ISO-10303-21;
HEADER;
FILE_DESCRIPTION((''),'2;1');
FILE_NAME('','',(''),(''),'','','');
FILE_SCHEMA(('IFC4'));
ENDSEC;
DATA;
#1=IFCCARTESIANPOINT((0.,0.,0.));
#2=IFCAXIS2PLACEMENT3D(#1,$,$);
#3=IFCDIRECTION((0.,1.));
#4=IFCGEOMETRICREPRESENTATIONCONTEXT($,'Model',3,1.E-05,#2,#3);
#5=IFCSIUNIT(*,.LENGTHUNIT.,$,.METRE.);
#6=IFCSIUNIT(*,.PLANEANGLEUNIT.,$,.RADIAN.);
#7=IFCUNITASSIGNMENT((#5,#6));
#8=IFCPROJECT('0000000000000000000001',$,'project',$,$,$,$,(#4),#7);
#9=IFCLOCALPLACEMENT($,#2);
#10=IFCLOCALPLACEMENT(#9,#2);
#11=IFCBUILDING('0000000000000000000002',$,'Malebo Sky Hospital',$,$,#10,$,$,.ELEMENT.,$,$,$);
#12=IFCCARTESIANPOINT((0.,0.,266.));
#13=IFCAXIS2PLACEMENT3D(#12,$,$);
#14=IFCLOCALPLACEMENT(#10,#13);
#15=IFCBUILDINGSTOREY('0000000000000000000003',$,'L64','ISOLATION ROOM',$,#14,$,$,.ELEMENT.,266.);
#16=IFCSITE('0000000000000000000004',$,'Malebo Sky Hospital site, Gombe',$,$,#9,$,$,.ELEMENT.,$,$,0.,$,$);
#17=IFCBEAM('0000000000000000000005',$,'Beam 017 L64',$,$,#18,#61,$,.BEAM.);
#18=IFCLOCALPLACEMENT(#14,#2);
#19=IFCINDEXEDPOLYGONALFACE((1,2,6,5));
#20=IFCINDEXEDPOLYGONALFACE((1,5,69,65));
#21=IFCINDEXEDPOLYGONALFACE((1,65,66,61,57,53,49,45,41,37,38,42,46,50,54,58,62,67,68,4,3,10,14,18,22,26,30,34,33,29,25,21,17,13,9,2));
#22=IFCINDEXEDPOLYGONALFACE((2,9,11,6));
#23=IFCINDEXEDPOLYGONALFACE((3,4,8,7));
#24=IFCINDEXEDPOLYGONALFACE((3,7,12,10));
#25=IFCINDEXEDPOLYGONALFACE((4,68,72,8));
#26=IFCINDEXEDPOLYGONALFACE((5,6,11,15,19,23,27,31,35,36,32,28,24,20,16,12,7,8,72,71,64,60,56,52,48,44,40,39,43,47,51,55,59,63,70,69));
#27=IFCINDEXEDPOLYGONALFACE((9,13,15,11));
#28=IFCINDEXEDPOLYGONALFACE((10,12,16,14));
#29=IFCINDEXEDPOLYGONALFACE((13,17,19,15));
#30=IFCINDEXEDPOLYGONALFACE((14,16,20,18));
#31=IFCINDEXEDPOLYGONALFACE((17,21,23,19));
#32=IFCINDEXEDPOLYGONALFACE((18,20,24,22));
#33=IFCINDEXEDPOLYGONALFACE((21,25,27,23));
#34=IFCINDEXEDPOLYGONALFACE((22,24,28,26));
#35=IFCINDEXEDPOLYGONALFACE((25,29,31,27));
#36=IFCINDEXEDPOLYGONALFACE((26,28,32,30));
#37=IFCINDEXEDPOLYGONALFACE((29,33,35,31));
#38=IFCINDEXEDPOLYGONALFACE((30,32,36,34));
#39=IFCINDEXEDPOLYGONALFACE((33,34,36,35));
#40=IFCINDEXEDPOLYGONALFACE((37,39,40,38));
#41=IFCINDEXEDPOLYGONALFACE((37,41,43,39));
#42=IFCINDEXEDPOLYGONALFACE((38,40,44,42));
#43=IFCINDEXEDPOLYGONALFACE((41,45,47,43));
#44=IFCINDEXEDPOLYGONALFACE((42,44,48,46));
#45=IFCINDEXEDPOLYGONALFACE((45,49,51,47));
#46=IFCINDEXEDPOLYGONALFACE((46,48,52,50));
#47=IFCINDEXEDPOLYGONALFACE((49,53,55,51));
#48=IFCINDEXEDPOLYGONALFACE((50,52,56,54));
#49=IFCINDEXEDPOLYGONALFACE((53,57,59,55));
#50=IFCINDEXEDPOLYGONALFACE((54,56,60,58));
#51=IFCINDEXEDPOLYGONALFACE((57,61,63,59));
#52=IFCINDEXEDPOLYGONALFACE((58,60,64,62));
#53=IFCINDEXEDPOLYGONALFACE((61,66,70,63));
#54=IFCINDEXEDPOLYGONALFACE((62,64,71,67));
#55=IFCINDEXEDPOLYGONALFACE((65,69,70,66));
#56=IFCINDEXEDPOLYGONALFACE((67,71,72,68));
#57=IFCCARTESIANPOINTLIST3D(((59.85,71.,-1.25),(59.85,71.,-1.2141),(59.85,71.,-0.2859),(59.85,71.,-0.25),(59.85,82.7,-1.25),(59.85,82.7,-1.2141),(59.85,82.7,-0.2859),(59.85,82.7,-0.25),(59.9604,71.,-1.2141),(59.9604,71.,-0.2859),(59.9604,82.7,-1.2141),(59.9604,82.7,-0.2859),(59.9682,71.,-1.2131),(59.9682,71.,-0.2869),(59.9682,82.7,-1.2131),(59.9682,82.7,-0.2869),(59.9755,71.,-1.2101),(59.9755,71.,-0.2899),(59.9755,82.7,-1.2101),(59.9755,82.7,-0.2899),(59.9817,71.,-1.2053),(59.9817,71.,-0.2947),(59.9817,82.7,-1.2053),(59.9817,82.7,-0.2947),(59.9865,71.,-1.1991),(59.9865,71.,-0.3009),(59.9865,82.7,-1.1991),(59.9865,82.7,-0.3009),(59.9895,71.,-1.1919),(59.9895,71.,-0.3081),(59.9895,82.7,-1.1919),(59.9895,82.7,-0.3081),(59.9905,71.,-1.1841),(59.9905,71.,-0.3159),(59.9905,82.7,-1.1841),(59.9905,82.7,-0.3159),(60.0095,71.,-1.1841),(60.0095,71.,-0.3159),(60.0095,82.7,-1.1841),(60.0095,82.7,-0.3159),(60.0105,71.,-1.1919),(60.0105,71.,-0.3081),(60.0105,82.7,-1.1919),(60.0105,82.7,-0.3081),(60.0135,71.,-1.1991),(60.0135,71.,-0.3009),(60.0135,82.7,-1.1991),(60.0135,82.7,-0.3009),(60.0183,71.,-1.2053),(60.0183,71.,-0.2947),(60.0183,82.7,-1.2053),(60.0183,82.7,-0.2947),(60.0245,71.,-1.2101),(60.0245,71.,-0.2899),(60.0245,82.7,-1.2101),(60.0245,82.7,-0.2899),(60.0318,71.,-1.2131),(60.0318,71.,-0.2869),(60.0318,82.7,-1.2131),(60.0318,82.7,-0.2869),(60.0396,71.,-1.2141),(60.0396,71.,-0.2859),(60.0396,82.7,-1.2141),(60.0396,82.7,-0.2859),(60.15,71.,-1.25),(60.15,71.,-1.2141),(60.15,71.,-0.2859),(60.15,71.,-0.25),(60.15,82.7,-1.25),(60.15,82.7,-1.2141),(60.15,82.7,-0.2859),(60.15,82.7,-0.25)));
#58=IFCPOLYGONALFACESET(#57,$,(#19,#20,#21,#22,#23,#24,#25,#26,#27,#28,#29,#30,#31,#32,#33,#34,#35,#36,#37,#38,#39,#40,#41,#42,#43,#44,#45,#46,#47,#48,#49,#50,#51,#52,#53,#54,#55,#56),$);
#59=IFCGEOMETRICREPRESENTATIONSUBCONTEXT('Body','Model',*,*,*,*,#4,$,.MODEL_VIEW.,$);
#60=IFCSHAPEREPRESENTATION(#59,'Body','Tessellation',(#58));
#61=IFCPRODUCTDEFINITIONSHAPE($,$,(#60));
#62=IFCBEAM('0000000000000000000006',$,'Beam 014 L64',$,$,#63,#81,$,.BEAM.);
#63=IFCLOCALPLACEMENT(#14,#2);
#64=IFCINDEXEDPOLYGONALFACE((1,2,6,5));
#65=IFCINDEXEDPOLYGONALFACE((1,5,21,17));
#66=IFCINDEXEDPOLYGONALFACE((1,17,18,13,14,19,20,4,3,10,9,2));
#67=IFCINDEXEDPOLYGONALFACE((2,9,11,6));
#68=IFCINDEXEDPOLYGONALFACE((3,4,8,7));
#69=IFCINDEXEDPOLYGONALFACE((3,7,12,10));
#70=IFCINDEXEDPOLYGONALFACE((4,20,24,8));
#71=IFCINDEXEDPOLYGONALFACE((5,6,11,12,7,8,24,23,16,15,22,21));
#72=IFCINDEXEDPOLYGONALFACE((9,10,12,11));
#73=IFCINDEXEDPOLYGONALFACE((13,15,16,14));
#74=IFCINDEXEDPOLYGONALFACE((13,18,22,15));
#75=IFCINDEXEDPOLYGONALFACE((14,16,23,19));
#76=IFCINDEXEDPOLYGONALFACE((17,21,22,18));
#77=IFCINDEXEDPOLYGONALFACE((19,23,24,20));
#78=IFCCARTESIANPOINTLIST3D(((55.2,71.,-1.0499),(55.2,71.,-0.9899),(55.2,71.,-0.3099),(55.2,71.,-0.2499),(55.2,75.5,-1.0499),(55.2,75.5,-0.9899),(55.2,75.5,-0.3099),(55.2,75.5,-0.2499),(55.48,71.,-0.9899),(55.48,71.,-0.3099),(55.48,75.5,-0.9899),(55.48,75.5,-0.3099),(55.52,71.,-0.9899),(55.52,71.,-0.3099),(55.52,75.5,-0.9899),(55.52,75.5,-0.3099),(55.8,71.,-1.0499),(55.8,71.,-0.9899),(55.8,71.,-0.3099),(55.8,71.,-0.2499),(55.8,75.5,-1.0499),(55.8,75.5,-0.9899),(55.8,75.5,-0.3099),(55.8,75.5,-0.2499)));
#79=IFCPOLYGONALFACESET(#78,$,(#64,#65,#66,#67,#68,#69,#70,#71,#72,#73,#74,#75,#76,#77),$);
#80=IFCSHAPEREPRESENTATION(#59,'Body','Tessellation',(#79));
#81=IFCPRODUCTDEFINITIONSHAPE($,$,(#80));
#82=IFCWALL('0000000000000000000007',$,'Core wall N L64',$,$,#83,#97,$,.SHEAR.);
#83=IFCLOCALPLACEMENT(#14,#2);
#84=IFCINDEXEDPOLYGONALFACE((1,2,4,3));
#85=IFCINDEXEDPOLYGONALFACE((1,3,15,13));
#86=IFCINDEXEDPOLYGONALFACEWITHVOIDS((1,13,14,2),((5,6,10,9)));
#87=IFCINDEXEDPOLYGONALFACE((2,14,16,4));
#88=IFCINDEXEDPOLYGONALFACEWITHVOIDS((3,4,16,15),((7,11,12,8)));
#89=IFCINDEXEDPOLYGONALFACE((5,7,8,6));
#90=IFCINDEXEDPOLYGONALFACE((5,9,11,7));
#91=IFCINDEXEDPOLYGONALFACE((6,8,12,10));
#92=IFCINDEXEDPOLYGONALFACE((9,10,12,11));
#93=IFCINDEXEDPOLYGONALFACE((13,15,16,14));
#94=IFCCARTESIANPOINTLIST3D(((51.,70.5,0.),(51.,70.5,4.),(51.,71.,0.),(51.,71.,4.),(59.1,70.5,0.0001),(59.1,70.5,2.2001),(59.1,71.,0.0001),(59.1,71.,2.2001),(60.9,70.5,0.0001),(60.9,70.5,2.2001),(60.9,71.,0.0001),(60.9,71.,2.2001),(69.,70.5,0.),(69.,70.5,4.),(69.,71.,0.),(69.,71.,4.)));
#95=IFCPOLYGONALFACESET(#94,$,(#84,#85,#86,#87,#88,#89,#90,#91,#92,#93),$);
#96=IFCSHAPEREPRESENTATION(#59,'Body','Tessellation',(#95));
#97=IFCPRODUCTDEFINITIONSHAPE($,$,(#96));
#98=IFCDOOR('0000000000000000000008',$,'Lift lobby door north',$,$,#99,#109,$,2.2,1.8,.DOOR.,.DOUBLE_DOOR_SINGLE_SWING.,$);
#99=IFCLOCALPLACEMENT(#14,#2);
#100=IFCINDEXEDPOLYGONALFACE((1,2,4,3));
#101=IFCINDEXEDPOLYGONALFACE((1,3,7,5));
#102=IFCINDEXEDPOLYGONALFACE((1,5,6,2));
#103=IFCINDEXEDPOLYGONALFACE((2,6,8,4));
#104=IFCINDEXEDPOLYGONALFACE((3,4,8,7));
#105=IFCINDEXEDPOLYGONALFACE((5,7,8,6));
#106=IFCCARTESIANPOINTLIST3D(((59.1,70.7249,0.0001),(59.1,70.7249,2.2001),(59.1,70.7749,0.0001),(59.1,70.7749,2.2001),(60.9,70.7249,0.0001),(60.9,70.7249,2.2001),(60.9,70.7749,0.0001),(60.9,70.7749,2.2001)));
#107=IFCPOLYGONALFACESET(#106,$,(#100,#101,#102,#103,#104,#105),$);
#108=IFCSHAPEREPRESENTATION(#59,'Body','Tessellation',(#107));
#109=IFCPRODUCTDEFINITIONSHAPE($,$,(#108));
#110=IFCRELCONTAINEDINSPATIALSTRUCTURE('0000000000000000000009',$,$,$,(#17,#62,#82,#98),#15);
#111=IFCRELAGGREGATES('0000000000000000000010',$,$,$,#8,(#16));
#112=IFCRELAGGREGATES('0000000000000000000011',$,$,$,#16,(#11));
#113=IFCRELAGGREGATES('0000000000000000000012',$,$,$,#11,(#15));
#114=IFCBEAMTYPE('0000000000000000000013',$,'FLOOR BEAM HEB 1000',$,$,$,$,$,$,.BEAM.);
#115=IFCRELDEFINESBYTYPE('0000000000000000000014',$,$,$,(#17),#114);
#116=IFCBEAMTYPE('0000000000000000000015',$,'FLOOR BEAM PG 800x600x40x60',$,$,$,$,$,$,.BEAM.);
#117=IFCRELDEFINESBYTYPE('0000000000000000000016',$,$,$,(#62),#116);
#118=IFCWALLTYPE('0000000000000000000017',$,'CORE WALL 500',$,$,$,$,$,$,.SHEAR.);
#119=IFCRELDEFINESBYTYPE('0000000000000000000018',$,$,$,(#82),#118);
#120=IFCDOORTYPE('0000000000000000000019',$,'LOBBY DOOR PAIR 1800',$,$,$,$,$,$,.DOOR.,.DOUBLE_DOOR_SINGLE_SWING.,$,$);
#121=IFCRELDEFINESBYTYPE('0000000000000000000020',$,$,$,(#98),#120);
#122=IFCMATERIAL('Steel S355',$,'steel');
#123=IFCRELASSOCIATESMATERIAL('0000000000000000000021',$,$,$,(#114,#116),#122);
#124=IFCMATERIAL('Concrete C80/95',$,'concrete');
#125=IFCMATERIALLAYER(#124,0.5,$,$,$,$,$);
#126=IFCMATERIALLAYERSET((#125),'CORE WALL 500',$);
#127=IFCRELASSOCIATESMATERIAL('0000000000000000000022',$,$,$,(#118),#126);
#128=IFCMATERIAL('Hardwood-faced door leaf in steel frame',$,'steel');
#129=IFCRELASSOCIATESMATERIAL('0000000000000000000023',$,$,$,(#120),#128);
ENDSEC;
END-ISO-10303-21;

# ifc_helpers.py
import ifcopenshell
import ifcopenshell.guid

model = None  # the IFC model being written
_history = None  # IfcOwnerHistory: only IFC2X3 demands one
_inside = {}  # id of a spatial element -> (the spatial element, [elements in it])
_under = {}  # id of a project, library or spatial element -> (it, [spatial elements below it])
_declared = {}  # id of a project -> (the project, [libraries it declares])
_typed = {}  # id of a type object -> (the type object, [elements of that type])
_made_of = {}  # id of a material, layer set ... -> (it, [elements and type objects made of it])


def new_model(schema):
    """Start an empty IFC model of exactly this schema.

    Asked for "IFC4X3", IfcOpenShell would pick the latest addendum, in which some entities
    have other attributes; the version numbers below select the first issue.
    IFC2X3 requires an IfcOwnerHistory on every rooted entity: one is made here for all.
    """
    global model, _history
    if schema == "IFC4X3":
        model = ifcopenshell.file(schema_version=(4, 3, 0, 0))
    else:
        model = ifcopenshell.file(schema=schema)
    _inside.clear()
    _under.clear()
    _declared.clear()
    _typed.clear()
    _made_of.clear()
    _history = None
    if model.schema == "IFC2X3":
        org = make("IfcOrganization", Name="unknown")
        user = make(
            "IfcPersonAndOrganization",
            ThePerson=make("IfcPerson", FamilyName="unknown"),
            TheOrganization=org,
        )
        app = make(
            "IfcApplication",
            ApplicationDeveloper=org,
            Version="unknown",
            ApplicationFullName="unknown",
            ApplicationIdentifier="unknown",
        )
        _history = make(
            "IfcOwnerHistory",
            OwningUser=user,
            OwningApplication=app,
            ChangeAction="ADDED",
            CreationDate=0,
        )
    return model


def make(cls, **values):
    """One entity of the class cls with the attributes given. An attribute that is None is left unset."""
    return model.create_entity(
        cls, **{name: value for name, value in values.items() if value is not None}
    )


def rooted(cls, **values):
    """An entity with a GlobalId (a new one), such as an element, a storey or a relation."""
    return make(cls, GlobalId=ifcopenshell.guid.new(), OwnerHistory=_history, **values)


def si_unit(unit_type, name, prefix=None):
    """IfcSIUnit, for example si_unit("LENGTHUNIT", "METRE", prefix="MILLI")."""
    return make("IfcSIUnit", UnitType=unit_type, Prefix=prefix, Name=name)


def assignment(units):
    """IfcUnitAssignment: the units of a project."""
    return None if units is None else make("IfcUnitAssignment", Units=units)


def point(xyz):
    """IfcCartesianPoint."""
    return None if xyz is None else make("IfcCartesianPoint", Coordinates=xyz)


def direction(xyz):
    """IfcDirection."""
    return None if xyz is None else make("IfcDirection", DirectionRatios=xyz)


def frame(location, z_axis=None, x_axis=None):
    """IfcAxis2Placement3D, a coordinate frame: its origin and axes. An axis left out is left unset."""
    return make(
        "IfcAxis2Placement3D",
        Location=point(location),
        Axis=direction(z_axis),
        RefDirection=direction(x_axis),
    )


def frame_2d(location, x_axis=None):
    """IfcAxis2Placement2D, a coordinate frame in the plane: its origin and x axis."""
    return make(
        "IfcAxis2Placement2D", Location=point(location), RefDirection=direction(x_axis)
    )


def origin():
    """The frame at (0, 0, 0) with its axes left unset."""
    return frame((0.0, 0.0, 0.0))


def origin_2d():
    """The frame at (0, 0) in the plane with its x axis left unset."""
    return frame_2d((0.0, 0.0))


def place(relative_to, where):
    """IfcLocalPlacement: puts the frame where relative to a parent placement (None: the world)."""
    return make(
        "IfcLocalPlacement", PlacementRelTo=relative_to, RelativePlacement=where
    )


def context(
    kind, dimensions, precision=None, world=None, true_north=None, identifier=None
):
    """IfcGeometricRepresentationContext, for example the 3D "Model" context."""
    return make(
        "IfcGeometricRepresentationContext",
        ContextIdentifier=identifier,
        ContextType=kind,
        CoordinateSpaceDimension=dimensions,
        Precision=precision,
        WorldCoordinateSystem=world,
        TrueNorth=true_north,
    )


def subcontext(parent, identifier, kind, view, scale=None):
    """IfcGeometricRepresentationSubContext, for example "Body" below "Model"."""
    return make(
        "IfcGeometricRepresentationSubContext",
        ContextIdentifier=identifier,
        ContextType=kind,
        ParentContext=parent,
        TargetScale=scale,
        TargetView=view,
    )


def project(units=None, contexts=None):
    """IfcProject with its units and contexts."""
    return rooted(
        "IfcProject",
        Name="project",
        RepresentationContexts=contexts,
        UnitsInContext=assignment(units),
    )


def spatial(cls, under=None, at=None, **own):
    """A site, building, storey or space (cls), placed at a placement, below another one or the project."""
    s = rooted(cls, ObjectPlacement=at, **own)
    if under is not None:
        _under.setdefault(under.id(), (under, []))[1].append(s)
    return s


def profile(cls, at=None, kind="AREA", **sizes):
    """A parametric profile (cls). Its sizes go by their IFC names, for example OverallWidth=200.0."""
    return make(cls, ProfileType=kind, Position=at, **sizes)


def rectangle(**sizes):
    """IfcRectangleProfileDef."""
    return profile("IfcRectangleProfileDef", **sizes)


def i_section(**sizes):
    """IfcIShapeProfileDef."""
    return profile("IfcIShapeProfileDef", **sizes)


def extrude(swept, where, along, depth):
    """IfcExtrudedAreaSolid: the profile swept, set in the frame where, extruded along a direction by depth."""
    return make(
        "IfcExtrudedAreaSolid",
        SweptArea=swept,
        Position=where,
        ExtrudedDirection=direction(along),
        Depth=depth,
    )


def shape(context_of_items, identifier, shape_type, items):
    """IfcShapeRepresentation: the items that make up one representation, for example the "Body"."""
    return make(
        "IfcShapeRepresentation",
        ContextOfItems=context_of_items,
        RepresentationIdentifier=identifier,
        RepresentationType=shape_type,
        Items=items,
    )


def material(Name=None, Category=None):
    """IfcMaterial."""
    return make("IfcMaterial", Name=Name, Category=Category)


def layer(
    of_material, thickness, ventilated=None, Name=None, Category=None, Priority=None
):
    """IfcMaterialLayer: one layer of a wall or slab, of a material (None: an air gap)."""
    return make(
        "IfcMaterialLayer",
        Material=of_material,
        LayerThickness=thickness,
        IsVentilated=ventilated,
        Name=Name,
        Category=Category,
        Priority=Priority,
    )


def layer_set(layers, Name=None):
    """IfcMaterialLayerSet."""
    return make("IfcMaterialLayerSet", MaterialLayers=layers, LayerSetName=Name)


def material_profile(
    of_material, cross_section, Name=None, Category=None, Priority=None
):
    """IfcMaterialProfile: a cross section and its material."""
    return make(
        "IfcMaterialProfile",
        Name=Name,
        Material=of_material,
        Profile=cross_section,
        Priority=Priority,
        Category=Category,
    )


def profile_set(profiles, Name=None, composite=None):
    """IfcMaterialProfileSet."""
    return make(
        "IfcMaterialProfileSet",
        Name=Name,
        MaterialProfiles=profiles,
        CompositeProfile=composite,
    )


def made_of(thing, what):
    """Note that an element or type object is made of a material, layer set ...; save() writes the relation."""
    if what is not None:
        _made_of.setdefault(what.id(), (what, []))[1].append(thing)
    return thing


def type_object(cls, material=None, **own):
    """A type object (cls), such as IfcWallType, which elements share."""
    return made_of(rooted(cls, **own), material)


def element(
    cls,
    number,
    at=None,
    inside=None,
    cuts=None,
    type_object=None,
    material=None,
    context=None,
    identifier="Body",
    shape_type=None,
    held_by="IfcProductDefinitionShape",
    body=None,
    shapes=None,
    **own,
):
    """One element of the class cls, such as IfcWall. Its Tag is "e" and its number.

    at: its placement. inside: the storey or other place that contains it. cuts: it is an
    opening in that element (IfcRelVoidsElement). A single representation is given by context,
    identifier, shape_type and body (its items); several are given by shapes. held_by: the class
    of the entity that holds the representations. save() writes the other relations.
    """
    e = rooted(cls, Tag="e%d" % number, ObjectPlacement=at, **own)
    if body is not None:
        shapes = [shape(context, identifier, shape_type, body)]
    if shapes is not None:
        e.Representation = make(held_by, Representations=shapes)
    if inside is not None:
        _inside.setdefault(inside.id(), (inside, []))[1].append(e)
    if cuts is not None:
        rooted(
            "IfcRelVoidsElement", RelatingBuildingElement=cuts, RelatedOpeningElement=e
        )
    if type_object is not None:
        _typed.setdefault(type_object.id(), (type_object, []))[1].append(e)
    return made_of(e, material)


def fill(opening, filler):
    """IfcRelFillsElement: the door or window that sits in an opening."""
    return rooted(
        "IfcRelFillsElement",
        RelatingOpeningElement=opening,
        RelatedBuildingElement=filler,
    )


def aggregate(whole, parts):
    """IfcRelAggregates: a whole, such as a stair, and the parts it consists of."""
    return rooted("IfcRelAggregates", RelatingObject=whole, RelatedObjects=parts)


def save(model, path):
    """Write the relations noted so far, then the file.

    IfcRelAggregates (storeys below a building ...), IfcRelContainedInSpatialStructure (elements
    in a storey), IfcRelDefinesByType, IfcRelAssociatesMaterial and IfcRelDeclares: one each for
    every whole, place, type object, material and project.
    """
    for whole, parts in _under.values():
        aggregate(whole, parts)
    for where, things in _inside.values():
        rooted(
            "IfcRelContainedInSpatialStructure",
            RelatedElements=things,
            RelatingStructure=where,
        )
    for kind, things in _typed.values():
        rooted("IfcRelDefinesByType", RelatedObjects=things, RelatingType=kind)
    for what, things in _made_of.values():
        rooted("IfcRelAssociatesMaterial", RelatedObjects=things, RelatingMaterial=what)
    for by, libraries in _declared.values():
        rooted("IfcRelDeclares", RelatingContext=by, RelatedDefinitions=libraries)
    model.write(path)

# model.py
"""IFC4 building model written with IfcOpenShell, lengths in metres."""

from ifc_helpers import new_model, si_unit, direction, frame, frame_2d, origin, origin_2d, place, context, subcontext, project, spatial, rectangle, i_section, extrude, material, layer, layer_set, material_profile, profile_set, type_object, element, fill, save


model = new_model("IFC4")

# Units and contexts
model_context = context("Model", 3, precision=1e-05, world=origin(), true_north=direction((0.0, 1.0)))
body_context = subcontext(model_context, "Body", "Model", "MODEL_VIEW")
ifc_project = project(units=[si_unit("LENGTHUNIT", "METRE"), si_unit("PLANEANGLEUNIT", "RADIAN")], contexts=[model_context])

# Site, building, storey
site_placement = place(None, origin())
site = spatial("IfcSite", under=ifc_project, at=site_placement, Name="Malebo Sky Hospital site, Gombe", CompositionType="ELEMENT", RefElevation=0.0)
building_placement = place(site_placement, origin())
building = spatial("IfcBuilding", under=site, at=building_placement, Name="Malebo Sky Hospital", CompositionType="ELEMENT")
storey_placement = place(building_placement, frame((0.0, 0.0, 266.0)))
storey = spatial("IfcBuildingStorey", under=building, at=storey_placement, Name="L64", Description="ISOLATION ROOM", CompositionType="ELEMENT", Elevation=266.0)

# Beams
ifc_material_1 = material(Name="Steel S355", Category="steel")
ifc_material_profile_1 = material_profile(ifc_material_1, i_section(OverallWidth=0.3, OverallDepth=1.0, WebThickness=0.019, FlangeThickness=0.0359, FilletRadius=0.03, at=origin_2d()), Name="HEB 1000")
ifc_profile_set_1 = profile_set([ifc_material_profile_1], Name="Steel S355")
beam_type_1 = type_object("IfcBeamType", Name="FLOOR BEAM HEB 1000", PredefinedType="BEAM", material=ifc_profile_set_1)
beam_1_placement = place(storey_placement, frame((60.0, 71.0, -0.75), z_axis=(0.0, 1.0, 0.0), x_axis=(-1.0, 0.0, 0.0)))
element("IfcBeam", 1, at=beam_1_placement, inside=storey, type_object=beam_type_1, Name="Beam 017 L64", PredefinedType="BEAM", context=body_context, shape_type="SweptSolid", body=[
    extrude(i_section(OverallWidth=0.3, OverallDepth=1.0, WebThickness=0.019, FlangeThickness=0.0359, FilletRadius=0.03, at=origin_2d()), origin(), (0.0, 0.0, 1.0), 11.7),
])
ifc_material_profile_2 = material_profile(ifc_material_1, i_section(OverallWidth=0.6001, OverallDepth=0.8, WebThickness=0.04, FlangeThickness=0.0601, at=origin_2d()), Name="PG 800x600x40x60")
ifc_profile_set_2 = profile_set([ifc_material_profile_2], Name="Steel S355")
beam_type_2 = type_object("IfcBeamType", Name="FLOOR BEAM PG 800x600x40x60", PredefinedType="BEAM", material=ifc_profile_set_2)
beam_2_placement = place(storey_placement, frame((55.5, 71.0, -0.6499), z_axis=(0.0, 1.0, 0.0), x_axis=(-1.0, 0.0, 0.0)))
element("IfcBeam", 2, at=beam_2_placement, inside=storey, type_object=beam_type_2, Name="Beam 014 L64", PredefinedType="BEAM", context=body_context, shape_type="SweptSolid", body=[
    extrude(i_section(OverallWidth=0.6001, OverallDepth=0.8, WebThickness=0.04, FlangeThickness=0.0601, at=origin_2d()), origin(), (0.0, 0.0, 1.0), 4.5),
])

# Wall, opening, door
ifc_material_2 = material(Name="Concrete C80/95", Category="concrete")
ifc_layer_1 = layer(ifc_material_2, 0.5)
ifc_layer_set_1 = layer_set([ifc_layer_1], Name="CORE WALL 500")
wall_type_1 = type_object("IfcWallType", Name="CORE WALL 500", PredefinedType="SHEAR", material=ifc_layer_set_1)
wall_1_placement = place(storey_placement, frame((51.0, 70.75, 0.0), z_axis=(0.0, 0.0, 1.0), x_axis=(1.0, 0.0, 0.0)))
wall_1 = element("IfcWall", 3, at=wall_1_placement, inside=storey, type_object=wall_type_1, Name="Core wall N L64", PredefinedType="SHEAR", context=body_context, shape_type="SweptSolid", body=[
    extrude(rectangle(XDim=18.0, YDim=0.5, at=frame_2d((9.0, 0.0))), origin(), (0.0, 0.0, 1.0), 4.0),
])
opening_1_placement = place(wall_1_placement, frame((8.1001, 0.0, 0.0)))
opening_1 = element("IfcOpeningElement", 4, at=opening_1_placement, cuts=wall_1, PredefinedType="OPENING", context=body_context, shape_type="SweptSolid", body=[
    extrude(rectangle(XDim=1.8, YDim=2.2, at=frame_2d((0.8999, 1.1001))), frame((0.0, 0.26, 0.0), z_axis=(0.0, -1.0, 0.0), x_axis=(1.0, 0.0, 0.0)), (0.0, 0.0, 1.0), 0.52),
])
ifc_material_3 = material(Name="Hardwood-faced door leaf in steel frame", Category="steel")
door_type_1 = type_object("IfcDoorType", Name="LOBBY DOOR PAIR 1800", OperationType="DOUBLE_DOOR_SINGLE_SWING", PredefinedType="DOOR", material=ifc_material_3)
door_1_placement = place(opening_1_placement, origin())
door_1 = element("IfcDoor", 5, at=door_1_placement, inside=storey, type_object=door_type_1, Name="Lift lobby door north", OperationType="DOUBLE_DOOR_SINGLE_SWING", OverallHeight=2.2, OverallWidth=1.8, PredefinedType="DOOR", context=body_context, shape_type="SweptSolid", body=[
    extrude(rectangle(XDim=1.8, YDim=2.2, at=frame_2d((0.8999, 1.1001))), frame((0.0, 0.0249, 0.0), z_axis=(0.0, -1.0, 0.0), x_axis=(1.0, 0.0, 0.0)), (0.0, 0.0, 1.0), 0.05),
])
fill(opening_1, door_1)

save(model, "model.ifc")
